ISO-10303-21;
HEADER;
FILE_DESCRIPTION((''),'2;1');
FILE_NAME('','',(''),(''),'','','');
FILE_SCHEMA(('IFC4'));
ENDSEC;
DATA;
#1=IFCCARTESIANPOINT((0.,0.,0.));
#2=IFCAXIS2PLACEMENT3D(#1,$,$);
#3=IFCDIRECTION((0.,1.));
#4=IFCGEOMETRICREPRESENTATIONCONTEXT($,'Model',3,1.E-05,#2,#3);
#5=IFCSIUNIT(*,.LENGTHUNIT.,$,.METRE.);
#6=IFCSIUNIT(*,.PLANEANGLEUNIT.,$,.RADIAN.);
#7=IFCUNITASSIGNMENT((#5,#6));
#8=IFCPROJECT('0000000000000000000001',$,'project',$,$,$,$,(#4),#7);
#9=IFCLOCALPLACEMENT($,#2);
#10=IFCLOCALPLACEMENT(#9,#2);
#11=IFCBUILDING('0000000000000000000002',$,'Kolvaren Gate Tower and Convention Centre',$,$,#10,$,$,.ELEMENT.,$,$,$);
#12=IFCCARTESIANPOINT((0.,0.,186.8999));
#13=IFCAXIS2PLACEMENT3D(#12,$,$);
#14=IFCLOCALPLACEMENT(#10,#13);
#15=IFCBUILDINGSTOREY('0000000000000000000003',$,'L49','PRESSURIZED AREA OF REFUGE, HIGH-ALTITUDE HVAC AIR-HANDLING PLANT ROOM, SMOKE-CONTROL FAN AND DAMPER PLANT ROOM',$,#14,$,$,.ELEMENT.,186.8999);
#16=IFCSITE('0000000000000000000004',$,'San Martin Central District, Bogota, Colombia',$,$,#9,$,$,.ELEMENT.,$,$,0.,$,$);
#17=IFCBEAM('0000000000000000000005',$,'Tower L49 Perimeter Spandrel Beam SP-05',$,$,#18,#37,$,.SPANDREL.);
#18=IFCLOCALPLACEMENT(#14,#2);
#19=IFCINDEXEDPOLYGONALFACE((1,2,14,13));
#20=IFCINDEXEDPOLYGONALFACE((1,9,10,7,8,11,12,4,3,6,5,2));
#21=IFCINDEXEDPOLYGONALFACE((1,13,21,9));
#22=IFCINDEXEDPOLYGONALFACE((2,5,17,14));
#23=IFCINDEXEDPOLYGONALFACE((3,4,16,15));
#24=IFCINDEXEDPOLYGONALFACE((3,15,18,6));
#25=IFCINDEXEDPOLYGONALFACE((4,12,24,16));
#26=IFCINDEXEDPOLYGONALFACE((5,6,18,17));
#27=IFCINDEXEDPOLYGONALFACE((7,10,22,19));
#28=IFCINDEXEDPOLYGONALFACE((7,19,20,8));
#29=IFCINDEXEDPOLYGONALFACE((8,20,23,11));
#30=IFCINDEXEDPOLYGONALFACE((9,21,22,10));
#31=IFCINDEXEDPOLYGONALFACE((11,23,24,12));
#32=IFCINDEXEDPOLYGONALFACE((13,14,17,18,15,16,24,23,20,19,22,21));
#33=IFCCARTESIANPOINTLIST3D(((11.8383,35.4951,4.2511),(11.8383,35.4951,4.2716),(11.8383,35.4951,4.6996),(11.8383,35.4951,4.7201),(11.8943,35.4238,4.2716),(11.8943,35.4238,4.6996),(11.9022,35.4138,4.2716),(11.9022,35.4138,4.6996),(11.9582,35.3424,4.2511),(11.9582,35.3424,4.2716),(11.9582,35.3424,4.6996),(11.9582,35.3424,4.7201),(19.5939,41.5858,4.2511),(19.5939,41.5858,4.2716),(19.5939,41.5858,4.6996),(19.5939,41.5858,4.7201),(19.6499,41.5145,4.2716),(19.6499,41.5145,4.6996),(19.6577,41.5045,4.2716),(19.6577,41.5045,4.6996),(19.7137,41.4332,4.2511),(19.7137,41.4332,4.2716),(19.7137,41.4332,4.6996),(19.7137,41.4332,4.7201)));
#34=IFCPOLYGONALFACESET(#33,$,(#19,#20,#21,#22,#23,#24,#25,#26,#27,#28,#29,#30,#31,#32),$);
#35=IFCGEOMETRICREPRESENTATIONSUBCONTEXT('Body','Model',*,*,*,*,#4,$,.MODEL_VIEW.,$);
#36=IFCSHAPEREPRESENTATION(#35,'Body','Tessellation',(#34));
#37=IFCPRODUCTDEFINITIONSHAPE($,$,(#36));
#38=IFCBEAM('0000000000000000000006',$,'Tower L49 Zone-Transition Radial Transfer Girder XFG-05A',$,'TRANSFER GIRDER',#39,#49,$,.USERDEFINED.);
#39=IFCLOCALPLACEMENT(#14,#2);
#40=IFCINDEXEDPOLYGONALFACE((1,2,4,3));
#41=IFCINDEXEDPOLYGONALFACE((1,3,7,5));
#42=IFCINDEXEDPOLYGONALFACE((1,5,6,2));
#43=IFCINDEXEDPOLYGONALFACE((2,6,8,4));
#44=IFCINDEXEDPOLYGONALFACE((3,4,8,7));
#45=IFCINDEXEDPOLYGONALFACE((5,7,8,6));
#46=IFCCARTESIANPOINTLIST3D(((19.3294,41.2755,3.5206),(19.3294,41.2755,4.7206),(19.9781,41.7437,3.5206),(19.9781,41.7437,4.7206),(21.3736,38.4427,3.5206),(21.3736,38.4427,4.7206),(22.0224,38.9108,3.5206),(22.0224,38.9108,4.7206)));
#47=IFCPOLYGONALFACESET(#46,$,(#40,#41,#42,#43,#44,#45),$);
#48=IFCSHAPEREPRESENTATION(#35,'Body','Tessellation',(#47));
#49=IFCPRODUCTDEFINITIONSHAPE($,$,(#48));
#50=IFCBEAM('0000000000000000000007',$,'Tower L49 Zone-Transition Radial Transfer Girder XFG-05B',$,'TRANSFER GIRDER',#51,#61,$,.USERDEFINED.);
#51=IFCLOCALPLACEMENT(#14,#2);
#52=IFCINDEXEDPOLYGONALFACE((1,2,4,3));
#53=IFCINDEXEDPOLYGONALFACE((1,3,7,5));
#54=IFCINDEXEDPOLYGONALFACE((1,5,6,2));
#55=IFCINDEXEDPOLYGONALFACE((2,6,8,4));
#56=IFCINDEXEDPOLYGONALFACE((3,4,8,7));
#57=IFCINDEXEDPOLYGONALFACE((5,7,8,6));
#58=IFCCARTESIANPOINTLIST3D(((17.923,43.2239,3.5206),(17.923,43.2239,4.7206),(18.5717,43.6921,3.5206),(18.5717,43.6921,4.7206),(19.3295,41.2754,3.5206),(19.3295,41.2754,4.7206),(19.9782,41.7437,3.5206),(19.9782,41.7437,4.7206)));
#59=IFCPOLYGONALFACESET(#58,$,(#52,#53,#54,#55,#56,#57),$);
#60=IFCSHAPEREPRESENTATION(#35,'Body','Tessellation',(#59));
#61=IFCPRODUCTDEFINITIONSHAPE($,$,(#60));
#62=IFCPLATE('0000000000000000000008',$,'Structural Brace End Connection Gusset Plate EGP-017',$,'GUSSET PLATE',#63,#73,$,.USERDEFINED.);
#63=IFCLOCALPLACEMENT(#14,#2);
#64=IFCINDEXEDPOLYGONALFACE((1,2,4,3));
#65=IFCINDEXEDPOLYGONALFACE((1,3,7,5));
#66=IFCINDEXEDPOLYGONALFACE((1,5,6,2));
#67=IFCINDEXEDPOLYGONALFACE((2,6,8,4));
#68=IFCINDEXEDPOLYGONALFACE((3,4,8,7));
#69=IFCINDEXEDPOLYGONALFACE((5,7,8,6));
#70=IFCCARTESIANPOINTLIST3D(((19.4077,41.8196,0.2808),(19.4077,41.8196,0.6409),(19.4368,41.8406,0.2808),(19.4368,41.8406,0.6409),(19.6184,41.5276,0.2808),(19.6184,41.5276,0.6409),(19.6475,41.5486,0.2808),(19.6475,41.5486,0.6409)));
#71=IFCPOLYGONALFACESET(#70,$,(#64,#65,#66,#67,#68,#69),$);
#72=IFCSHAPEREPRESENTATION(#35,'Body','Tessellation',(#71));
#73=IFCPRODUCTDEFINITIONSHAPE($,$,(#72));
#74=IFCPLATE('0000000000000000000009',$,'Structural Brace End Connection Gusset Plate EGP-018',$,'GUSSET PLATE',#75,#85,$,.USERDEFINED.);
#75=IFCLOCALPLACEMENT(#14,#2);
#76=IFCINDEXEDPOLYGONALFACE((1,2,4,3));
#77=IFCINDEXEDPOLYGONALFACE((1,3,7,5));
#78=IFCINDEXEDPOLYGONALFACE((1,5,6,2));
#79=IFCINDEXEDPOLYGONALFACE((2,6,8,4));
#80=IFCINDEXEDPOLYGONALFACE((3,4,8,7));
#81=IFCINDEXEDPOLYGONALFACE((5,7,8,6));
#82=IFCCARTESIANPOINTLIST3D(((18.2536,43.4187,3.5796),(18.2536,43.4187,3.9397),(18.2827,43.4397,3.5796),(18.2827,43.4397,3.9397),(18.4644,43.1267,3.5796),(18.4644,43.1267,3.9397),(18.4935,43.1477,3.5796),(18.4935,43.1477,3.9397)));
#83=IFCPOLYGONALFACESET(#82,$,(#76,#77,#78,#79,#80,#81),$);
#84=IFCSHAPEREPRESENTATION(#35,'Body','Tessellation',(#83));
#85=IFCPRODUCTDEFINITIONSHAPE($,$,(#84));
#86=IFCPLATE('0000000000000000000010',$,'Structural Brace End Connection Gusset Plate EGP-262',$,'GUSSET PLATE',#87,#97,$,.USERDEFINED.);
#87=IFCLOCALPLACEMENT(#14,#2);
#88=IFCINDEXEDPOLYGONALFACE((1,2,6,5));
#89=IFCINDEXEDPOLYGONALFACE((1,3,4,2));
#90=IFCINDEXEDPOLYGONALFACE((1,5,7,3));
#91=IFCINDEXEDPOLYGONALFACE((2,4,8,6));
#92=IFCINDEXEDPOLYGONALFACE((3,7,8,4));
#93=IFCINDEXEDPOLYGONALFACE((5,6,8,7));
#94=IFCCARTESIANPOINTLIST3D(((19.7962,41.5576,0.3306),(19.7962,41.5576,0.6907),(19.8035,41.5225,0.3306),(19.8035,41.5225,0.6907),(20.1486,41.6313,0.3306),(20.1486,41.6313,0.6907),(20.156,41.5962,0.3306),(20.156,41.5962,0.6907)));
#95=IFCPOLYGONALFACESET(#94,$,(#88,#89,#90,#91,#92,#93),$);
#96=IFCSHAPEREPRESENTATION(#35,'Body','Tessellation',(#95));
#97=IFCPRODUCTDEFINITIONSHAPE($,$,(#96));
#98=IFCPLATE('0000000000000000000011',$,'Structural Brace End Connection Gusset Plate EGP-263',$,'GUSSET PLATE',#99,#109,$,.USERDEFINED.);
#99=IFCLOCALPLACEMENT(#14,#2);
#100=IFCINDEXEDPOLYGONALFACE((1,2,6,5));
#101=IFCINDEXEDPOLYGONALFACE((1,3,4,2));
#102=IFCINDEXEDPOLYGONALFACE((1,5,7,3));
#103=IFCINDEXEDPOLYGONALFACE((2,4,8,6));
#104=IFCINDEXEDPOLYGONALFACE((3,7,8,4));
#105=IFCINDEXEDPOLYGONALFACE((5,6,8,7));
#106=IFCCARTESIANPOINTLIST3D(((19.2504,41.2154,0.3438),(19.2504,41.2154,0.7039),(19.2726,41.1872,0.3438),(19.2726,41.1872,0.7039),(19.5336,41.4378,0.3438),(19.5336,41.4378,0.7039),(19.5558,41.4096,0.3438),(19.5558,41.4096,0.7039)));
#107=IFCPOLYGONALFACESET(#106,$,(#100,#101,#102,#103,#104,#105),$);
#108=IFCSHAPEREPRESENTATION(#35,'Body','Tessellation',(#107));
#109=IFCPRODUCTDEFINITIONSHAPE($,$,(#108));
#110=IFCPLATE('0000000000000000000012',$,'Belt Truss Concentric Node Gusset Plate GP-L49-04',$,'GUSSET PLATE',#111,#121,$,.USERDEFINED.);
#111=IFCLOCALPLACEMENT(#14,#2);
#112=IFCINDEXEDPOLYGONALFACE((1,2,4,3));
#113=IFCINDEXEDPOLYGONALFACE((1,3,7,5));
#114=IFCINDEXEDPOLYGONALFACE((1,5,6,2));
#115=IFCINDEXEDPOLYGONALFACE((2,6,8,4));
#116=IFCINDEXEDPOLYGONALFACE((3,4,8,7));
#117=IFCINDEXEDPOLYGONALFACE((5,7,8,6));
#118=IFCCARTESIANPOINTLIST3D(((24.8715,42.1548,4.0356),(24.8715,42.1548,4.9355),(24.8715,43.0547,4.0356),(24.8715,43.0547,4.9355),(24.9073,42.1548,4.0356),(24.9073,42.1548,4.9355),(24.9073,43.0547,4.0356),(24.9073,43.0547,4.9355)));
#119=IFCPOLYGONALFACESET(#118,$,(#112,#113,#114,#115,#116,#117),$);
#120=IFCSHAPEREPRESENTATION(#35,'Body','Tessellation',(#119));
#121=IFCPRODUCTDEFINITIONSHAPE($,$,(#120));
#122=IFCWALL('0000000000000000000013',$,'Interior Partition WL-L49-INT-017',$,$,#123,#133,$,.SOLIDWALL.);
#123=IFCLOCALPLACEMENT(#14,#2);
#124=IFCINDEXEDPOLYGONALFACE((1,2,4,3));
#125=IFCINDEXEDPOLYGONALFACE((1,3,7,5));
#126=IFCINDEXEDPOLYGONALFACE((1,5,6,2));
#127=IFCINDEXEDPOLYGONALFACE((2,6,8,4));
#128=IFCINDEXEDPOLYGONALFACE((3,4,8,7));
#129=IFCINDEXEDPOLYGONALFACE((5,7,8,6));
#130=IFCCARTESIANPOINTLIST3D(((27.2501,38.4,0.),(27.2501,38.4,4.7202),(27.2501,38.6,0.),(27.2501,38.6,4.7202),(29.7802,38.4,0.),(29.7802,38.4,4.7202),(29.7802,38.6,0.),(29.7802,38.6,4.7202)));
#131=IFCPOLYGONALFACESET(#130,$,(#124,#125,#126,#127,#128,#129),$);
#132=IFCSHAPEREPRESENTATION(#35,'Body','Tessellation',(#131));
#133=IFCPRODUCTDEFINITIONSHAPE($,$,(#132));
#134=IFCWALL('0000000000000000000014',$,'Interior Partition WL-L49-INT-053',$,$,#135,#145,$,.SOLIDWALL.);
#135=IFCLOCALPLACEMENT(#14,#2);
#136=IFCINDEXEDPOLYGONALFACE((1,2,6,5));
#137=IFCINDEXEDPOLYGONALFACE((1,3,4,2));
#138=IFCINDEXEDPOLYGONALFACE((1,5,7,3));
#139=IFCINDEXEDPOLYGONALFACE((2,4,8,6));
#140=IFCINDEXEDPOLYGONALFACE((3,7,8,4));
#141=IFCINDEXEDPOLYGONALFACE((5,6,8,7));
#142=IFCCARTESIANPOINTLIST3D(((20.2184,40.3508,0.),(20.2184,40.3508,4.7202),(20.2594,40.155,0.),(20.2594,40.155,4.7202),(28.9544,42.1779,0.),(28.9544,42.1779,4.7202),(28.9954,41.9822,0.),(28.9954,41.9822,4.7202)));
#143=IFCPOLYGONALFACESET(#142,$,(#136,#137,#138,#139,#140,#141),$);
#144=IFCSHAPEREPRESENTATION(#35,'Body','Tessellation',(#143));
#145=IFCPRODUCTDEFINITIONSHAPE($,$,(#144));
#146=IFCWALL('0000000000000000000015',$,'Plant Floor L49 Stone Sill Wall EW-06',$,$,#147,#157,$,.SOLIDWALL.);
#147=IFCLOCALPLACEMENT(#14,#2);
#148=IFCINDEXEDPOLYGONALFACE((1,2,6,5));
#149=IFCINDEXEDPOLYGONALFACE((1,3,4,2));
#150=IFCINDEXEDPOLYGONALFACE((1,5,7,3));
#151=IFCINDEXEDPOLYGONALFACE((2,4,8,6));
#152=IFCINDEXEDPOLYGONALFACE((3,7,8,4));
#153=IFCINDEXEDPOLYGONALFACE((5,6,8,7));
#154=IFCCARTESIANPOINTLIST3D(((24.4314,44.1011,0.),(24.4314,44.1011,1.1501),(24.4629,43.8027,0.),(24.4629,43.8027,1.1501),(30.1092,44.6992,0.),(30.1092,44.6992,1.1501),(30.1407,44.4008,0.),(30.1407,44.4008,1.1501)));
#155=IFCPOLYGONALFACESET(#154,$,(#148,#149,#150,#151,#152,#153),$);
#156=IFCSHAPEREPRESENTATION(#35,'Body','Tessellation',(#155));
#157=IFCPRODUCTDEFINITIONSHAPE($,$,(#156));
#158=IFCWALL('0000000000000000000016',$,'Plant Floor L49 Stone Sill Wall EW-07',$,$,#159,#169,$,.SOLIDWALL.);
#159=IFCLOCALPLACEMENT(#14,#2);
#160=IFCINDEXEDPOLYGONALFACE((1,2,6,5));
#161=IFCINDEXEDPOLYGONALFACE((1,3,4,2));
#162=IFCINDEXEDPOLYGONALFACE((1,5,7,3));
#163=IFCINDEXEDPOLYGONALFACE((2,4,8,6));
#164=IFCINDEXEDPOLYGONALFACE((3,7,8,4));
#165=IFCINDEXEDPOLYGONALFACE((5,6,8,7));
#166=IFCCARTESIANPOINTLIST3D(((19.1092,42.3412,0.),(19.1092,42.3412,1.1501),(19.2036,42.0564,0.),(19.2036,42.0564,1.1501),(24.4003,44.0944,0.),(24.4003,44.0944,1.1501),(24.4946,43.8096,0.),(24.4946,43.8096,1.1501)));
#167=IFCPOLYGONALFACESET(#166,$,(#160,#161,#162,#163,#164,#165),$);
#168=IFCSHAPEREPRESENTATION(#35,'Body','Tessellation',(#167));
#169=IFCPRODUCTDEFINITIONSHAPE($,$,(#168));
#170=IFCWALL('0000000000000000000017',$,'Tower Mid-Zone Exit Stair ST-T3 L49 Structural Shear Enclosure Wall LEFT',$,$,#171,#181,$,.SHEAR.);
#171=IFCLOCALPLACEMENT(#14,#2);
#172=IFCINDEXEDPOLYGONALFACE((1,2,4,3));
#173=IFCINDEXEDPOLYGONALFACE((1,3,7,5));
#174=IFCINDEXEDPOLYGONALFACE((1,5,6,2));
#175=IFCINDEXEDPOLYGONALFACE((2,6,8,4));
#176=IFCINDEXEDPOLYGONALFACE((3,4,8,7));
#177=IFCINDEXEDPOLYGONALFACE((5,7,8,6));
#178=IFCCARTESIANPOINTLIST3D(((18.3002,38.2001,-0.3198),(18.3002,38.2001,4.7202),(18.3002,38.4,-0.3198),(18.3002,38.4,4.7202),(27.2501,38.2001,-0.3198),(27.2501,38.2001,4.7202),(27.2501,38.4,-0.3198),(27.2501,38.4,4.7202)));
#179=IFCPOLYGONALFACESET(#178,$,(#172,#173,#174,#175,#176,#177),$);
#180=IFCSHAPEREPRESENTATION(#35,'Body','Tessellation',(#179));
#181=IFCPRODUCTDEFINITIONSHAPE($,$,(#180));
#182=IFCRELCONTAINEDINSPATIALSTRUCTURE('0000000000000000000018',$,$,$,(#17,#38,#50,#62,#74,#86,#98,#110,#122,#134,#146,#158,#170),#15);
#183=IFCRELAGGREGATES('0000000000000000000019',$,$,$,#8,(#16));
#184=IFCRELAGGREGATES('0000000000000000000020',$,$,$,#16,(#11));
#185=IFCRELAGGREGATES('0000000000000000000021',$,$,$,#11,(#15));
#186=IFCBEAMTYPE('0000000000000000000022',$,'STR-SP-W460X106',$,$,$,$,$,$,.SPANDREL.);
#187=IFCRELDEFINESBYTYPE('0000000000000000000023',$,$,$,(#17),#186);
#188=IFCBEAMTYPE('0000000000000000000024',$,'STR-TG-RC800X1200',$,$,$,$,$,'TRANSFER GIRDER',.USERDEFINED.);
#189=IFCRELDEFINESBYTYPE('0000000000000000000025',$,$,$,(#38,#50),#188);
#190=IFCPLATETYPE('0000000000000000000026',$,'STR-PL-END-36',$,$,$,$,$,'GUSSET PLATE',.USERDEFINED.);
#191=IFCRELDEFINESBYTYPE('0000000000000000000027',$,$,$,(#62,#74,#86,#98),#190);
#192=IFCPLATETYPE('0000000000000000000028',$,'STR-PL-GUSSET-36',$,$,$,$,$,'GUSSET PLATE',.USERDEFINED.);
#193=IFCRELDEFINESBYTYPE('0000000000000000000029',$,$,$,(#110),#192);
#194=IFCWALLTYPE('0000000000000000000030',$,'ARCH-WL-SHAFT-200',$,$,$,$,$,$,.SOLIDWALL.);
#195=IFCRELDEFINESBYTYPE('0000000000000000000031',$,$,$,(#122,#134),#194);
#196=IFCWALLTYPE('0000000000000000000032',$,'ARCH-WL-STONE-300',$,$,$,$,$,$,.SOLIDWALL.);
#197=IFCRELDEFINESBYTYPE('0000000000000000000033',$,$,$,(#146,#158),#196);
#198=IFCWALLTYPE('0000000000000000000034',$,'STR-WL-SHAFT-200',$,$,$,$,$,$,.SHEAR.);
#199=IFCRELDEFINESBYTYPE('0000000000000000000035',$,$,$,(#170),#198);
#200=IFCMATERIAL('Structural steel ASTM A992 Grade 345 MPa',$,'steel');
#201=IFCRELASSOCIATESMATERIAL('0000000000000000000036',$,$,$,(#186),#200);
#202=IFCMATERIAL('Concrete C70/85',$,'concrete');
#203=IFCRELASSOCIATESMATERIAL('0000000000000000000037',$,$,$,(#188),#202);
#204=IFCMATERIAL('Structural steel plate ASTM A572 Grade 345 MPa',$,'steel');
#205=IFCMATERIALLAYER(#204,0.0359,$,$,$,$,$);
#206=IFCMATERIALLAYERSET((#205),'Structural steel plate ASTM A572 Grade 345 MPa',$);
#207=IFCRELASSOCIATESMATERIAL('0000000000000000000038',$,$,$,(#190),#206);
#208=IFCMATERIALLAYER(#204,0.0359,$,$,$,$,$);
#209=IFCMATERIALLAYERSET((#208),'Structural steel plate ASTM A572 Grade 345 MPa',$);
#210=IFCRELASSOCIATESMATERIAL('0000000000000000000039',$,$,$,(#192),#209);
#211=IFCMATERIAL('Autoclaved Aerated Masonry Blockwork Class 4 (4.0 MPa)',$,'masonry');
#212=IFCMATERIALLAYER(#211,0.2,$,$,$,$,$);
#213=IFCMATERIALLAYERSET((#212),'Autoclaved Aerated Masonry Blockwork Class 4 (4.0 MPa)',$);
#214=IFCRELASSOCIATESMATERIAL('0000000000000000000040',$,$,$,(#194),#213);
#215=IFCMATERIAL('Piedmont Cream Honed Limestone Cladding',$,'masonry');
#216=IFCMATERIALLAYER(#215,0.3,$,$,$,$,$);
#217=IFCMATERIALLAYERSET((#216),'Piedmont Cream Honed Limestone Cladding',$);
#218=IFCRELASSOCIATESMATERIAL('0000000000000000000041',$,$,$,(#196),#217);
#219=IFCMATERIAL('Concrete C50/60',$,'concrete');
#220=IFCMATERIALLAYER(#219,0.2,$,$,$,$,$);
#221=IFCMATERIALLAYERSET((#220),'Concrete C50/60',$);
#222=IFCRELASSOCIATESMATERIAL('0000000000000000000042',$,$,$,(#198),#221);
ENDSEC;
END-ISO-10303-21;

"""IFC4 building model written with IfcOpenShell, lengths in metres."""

from ifc_helpers import new_model, si_unit, direction, frame, frame_2d, origin, origin_2d, place, context, subcontext, project, spatial, rectangle, i_section, extrude, material, layer, layer_set, material_profile, profile_set, type_object, element, save


model = new_model("IFC4")

# Units and contexts
model_context = context("Model", 3, precision=1e-05, world=origin(), true_north=direction((0.0, 1.0)))
body_context = subcontext(model_context, "Body", "Model", "MODEL_VIEW")
ifc_project = project(units=[si_unit("LENGTHUNIT", "METRE"), si_unit("PLANEANGLEUNIT", "RADIAN")], contexts=[model_context])

# Site, building, storey
site_placement = place(None, origin())
site = spatial("IfcSite", under=ifc_project, at=site_placement, Name="San Martin Central District, Bogota, Colombia", CompositionType="ELEMENT", RefElevation=0.0)
building_placement = place(site_placement, origin())
building = spatial("IfcBuilding", under=site, at=building_placement, Name="Kolvaren Gate Tower and Convention Centre", CompositionType="ELEMENT")
storey_placement = place(building_placement, frame((0.0, 0.0, 186.8999)))
storey = spatial("IfcBuildingStorey", under=building, at=storey_placement, Name="L49", Description="PRESSURIZED AREA OF REFUGE, HIGH-ALTITUDE HVAC AIR-HANDLING PLANT ROOM, SMOKE-CONTROL FAN AND DAMPER PLANT ROOM", CompositionType="ELEMENT", Elevation=186.8999)

# Shared definitions
ifc_material_1 = material(Name="Structural steel ASTM A992 Grade 345 MPa", Category="steel")

# Beams
ifc_material_profile_1 = material_profile(ifc_material_1, i_section(OverallWidth=0.1941, OverallDepth=0.469, WebThickness=0.0127, FlangeThickness=0.0205, at=origin_2d()), Name="W460X106")
ifc_profile_set_1 = profile_set([ifc_material_profile_1], Name="Structural steel ASTM A992 Grade 345 MPa")
beam_type_1 = type_object("IfcBeamType", Name="STR-SP-W460X106", PredefinedType="SPANDREL", material=ifc_profile_set_1)
beam_1_placement = place(storey_placement, frame((19.6538, 41.5095, 4.4856), z_axis=(-0.78646, -0.617641, 0.0), x_axis=(0.617641, -0.78646, 0.0)))
element("IfcBeam", 1, at=beam_1_placement, inside=storey, type_object=beam_type_1, Name="Tower L49 Perimeter Spandrel Beam SP-05", PredefinedType="SPANDREL", context=body_context, shape_type="SweptSolid", body=[
    extrude(i_section(OverallWidth=0.1941, OverallDepth=0.469, WebThickness=0.0127, FlangeThickness=0.0205, at=origin_2d()), origin(), (0.0, 0.0, 1.0), 9.8613),
])
ifc_material_2 = material(Name="Concrete C70/85", Category="concrete")
ifc_material_profile_2 = material_profile(ifc_material_2, rectangle(XDim=0.8, YDim=1.2, at=origin_2d()), Name="RC-BM-800X1200")
ifc_profile_set_2 = profile_set([ifc_material_profile_2], Name="Concrete C70/85")
beam_type_2 = type_object("IfcBeamType", Name="STR-TG-RC800X1200", ElementType="TRANSFER GIRDER", PredefinedType="USERDEFINED", material=ifc_profile_set_2)
beam_2_placement = place(storey_placement, frame((21.698, 38.6768, 4.1206), z_axis=(-0.585172, 0.81091, 0.0), x_axis=(-0.81091, -0.585172, 0.0)))
element("IfcBeam", 2, at=beam_2_placement, inside=storey, type_object=beam_type_2, Name="Tower L49 Zone-Transition Radial Transfer Girder XFG-05A", ObjectType="TRANSFER GIRDER", PredefinedType="USERDEFINED", context=body_context, shape_type="SweptSolid", body=[
    extrude(rectangle(XDim=0.8, YDim=1.2, at=origin_2d()), origin(), (0.0, 0.0, 1.0), 3.4934),
])
beam_3_placement = place(storey_placement, frame((19.6538, 41.5095, 4.1206), z_axis=(-0.585287, 0.810827, 0.0), x_axis=(-0.810827, -0.585287, 0.0)))
element("IfcBeam", 3, at=beam_3_placement, inside=storey, type_object=beam_type_2, Name="Tower L49 Zone-Transition Radial Transfer Girder XFG-05B", ObjectType="TRANSFER GIRDER", PredefinedType="USERDEFINED", context=body_context, shape_type="SweptSolid", body=[
    extrude(rectangle(XDim=0.8, YDim=1.2, at=origin_2d()), origin(), (0.0, 0.0, 1.0), 2.4031),
])

# Plates
ifc_material_3 = material(Name="Structural steel plate ASTM A572 Grade 345 MPa", Category="steel")
ifc_layer_1 = layer(ifc_material_3, 0.0359)
ifc_layer_set_1 = layer_set([ifc_layer_1], Name="Structural steel plate ASTM A572 Grade 345 MPa")
plate_type_1 = type_object("IfcPlateType", Name="STR-PL-END-36", ElementType="GUSSET PLATE", PredefinedType="USERDEFINED", material=ifc_layer_set_1)
for number, where, z_axis, x_axis, name in (
    (4, (19.5276, 41.6841, 0.2808), (0.0, 0.0, 1.0), (-0.585211, 0.810881, 0.0), "Structural Brace End Connection Gusset Plate EGP-017"),
    (5, (18.3735, 43.2832, 3.5796), (0.0, 0.0, 1.0), (-0.585211, 0.810881, 0.0), "Structural Brace End Connection Gusset Plate EGP-018"),
    (6, (19.9761, 41.5769, 0.3306), (0.0, 0.0, 1.0), (0.978811, 0.204766, 0.0), "Structural Brace End Connection Gusset Plate EGP-262"),
    (7, (19.4031, 41.3125, 0.3438), (0.0, 0.0, 1.0), (-0.786452, -0.617651, 0.0), "Structural Brace End Connection Gusset Plate EGP-263"),
):
    element("IfcPlate", number, at=place(storey_placement, frame(where, z_axis=z_axis, x_axis=x_axis)), inside=storey, type_object=plate_type_1, Name=name, ObjectType="GUSSET PLATE", PredefinedType="USERDEFINED", context=body_context, shape_type="SweptSolid", body=[
        extrude(rectangle(XDim=0.3601, YDim=0.0359, at=origin_2d()), origin(), (0.0, 0.0, 1.0), 0.3601),
    ])
ifc_layer_2 = layer(ifc_material_3, 0.0359)
ifc_layer_set_2 = layer_set([ifc_layer_2], Name="Structural steel plate ASTM A572 Grade 345 MPa")
plate_type_2 = type_object("IfcPlateType", Name="STR-PL-GUSSET-36", ElementType="GUSSET PLATE", PredefinedType="USERDEFINED", material=ifc_layer_set_2)
plate_placement = place(storey_placement, frame((24.8894, 42.6047, 4.0356), z_axis=(0.0, 0.0, 1.0), x_axis=(0.0, 1.0, 0.0)))
element("IfcPlate", 8, at=plate_placement, inside=storey, type_object=plate_type_2, Name="Belt Truss Concentric Node Gusset Plate GP-L49-04", ObjectType="GUSSET PLATE", PredefinedType="USERDEFINED", context=body_context, shape_type="SweptSolid", body=[
    extrude(rectangle(XDim=0.8999, YDim=0.0359, at=origin_2d()), origin(), (0.0, 0.0, 1.0), 0.8999),
])

# Walls
ifc_material_4 = material(Name="Autoclaved Aerated Masonry Blockwork Class 4 (4.0 MPa)", Category="masonry")
ifc_layer_3 = layer(ifc_material_4, 0.2)
ifc_layer_set_3 = layer_set([ifc_layer_3], Name="Autoclaved Aerated Masonry Blockwork Class 4 (4.0 MPa)")
wall_type_1 = type_object("IfcWallType", Name="ARCH-WL-SHAFT-200", PredefinedType="SOLIDWALL", material=ifc_layer_set_3)
wall_1_placement = place(storey_placement, frame((27.25, 38.5, 0.0), z_axis=(0.0, 0.0, 1.0), x_axis=(1.0, 0.0, 0.0)))
element("IfcWall", 9, at=wall_1_placement, inside=storey, type_object=wall_type_1, Name="Interior Partition WL-L49-INT-017", PredefinedType="SOLIDWALL", context=body_context, shape_type="SweptSolid", body=[
    extrude(rectangle(XDim=2.53, YDim=0.2, at=frame_2d((1.2651, 0.0))), origin(), (0.0, 0.0, 1.0), 4.7202),
])
wall_2_placement = place(storey_placement, frame((20.239, 40.2529, 0.0), z_axis=(0.0, 0.0, 1.0), x_axis=(0.978821, 0.20472, 0.0)))
element("IfcWall", 10, at=wall_2_placement, inside=storey, type_object=wall_type_1, Name="Interior Partition WL-L49-INT-053", PredefinedType="SOLIDWALL", context=body_context, shape_type="SweptSolid", body=[
    extrude(rectangle(XDim=8.925, YDim=0.2, at=frame_2d((4.4624, 0.0))), origin(), (0.0, 0.0, 1.0), 4.7202),
])
ifc_material_5 = material(Name="Piedmont Cream Honed Limestone Cladding", Category="masonry")
ifc_layer_4 = layer(ifc_material_5, 0.3)
ifc_layer_set_4 = layer_set([ifc_layer_4], Name="Piedmont Cream Honed Limestone Cladding")
wall_type_2 = type_object("IfcWallType", Name="ARCH-WL-STONE-300", PredefinedType="SOLIDWALL", material=ifc_layer_set_4)
wall_3_placement = place(storey_placement, frame((24.4473, 43.9519, 0.0), z_axis=(0.0, 0.0, 1.0), x_axis=(0.994497, 0.104769, 0.0)))
element("IfcWall", 11, at=wall_3_placement, inside=storey, type_object=wall_type_2, Name="Plant Floor L49 Stone Sill Wall EW-06", PredefinedType="SOLIDWALL", context=body_context, shape_type="SweptSolid", body=[
    extrude(rectangle(XDim=5.7092, YDim=0.3, at=frame_2d((2.8545, 0.0))), origin(), (0.0, 0.0, 1.0), 1.1501),
])
wall_4_placement = place(storey_placement, frame((19.1562, 42.1987, 0.0), z_axis=(0.0, 0.0, 1.0), x_axis=(0.949247, 0.314532, 0.0)))
element("IfcWall", 12, at=wall_4_placement, inside=storey, type_object=wall_type_2, Name="Plant Floor L49 Stone Sill Wall EW-07", PredefinedType="SOLIDWALL", context=body_context, shape_type="SweptSolid", body=[
    extrude(rectangle(XDim=5.574, YDim=0.3, at=frame_2d((2.7871, 0.0))), origin(), (0.0, 0.0, 1.0), 1.1501),
])
ifc_material_6 = material(Name="Concrete C50/60", Category="concrete")
ifc_layer_5 = layer(ifc_material_6, 0.2)
ifc_layer_set_5 = layer_set([ifc_layer_5], Name="Concrete C50/60")
wall_type_3 = type_object("IfcWallType", Name="STR-WL-SHAFT-200", PredefinedType="SHEAR", material=ifc_layer_set_5)
wall_5_placement = place(storey_placement, frame((18.3, 38.3, -0.3198), z_axis=(0.0, 0.0, 1.0), x_axis=(1.0, 0.0, 0.0)))
element("IfcWall", 13, at=wall_5_placement, inside=storey, type_object=wall_type_3, Name="Tower Mid-Zone Exit Stair ST-T3 L49 Structural Shear Enclosure Wall LEFT", PredefinedType="SHEAR", context=body_context, shape_type="SweptSolid", body=[
    extrude(rectangle(XDim=8.95, YDim=0.2, at=frame_2d((4.4751, 0.0))), origin(), (0.0, 0.0, 1.0), 5.04),
])

save(model, "model.ifc")
